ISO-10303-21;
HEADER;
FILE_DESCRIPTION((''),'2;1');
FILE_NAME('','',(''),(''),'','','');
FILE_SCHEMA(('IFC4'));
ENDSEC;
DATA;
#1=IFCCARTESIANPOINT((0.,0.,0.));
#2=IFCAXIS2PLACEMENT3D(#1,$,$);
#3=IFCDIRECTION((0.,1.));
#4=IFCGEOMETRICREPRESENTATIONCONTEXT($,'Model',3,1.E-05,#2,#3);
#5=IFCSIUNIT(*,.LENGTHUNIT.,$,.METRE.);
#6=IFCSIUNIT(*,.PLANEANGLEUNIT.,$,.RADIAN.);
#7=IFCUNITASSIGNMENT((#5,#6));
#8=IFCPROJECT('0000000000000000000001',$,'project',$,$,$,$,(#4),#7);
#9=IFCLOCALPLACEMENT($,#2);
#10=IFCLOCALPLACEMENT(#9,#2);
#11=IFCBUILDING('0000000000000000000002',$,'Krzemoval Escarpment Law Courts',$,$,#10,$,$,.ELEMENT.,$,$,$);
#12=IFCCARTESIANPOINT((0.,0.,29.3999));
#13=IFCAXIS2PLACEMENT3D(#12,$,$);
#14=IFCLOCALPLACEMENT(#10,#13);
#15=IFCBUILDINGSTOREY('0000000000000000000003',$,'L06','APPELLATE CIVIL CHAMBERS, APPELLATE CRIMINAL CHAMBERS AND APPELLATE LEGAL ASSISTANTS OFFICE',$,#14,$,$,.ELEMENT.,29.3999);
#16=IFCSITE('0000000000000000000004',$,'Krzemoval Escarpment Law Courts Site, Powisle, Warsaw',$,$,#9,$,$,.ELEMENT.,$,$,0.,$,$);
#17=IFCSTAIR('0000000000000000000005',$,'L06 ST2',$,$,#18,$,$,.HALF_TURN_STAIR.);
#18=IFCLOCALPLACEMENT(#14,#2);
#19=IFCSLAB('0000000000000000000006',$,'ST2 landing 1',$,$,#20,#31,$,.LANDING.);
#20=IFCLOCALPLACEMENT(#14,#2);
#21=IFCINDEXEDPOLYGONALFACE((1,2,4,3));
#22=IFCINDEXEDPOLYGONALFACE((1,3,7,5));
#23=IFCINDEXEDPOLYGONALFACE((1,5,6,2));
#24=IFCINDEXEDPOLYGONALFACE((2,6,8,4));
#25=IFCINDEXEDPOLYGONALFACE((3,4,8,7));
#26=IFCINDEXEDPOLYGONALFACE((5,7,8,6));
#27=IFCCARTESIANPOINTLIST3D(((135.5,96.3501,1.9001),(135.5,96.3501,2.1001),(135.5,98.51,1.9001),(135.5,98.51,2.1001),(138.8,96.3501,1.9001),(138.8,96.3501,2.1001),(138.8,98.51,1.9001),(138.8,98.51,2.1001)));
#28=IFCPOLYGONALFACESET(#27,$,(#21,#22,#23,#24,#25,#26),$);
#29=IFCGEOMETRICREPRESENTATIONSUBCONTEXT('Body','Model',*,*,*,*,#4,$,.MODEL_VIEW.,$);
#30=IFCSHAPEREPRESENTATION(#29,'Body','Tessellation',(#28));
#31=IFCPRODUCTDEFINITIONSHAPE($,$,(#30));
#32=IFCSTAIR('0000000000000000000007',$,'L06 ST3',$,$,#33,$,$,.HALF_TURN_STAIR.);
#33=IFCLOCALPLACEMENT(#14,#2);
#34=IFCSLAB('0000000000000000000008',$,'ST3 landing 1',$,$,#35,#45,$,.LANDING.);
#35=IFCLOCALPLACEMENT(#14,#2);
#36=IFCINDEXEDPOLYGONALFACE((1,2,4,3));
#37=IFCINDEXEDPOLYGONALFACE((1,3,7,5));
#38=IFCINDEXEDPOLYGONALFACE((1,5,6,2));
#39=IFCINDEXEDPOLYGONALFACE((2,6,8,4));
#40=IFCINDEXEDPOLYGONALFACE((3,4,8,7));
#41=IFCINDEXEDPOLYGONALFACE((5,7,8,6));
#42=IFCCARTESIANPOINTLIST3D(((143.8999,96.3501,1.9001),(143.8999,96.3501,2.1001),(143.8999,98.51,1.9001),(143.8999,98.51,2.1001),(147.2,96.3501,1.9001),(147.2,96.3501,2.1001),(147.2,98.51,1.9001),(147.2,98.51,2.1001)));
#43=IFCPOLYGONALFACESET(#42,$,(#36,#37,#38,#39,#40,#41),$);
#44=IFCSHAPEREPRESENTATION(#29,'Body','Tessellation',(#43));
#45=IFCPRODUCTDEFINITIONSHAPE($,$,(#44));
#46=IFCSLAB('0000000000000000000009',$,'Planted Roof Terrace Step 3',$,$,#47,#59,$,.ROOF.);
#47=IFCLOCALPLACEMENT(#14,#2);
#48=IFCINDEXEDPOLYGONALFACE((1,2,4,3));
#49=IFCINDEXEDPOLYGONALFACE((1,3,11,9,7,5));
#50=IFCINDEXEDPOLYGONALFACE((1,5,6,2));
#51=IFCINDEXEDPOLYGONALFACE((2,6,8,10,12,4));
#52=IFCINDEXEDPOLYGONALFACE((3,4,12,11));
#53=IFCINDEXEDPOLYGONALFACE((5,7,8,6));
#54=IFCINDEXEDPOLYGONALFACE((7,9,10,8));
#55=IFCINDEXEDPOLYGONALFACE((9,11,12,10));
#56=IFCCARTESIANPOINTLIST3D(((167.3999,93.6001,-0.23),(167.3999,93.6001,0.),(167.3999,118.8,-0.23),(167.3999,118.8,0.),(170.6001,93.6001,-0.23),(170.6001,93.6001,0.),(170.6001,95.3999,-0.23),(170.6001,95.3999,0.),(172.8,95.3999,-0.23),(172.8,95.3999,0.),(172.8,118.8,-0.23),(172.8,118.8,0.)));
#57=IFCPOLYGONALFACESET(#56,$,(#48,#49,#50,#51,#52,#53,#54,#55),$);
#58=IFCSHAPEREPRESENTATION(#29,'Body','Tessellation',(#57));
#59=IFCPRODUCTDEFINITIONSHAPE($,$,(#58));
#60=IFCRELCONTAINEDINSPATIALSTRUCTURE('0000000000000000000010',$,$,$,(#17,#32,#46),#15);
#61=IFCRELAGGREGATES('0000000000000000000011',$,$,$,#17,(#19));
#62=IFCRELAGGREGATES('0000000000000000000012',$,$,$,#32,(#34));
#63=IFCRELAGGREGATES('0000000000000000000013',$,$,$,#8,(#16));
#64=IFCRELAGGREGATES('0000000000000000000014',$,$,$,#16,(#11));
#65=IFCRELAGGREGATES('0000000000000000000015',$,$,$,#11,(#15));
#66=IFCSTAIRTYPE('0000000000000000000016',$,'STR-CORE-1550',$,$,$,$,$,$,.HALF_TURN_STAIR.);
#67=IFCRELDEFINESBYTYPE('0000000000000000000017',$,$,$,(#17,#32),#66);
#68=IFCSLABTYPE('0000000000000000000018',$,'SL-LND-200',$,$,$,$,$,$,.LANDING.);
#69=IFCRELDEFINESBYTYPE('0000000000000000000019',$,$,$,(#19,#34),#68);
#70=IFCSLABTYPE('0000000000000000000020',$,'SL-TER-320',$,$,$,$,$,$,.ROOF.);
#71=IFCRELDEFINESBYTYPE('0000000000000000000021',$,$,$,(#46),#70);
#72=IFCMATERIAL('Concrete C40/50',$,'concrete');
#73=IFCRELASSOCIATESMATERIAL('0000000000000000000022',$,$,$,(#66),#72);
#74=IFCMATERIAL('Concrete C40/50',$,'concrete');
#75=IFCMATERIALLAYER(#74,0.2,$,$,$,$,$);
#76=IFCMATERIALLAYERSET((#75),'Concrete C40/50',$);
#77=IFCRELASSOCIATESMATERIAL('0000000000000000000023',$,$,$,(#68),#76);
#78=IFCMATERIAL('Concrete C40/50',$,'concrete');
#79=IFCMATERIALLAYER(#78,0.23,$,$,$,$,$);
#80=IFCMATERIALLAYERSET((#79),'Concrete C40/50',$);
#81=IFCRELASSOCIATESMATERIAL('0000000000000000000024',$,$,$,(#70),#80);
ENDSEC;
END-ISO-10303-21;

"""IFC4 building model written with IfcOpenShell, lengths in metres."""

from ifc_helpers import new_model, si_unit, direction, frame, origin, place, context, subcontext, project, spatial, polyline, outline, extrude, material, layer, layer_set, type_object, element, aggregate, save


model = new_model("IFC4")

# Units and contexts
model_context = context("Model", 3, precision=1e-05, world=origin(), true_north=direction((0.0, 1.0)))
body_context = subcontext(model_context, "Body", "Model", "MODEL_VIEW")
ifc_project = project(units=[si_unit("LENGTHUNIT", "METRE"), si_unit("PLANEANGLEUNIT", "RADIAN")], contexts=[model_context])

# Site, building, storey
site_placement = place(None, origin())
site = spatial("IfcSite", under=ifc_project, at=site_placement, Name="Krzemoval Escarpment Law Courts Site, Powisle, Warsaw", CompositionType="ELEMENT", RefElevation=0.0)
building_placement = place(site_placement, origin())
building = spatial("IfcBuilding", under=site, at=building_placement, Name="Krzemoval Escarpment Law Courts", CompositionType="ELEMENT")
storey_placement = place(building_placement, frame((0.0, 0.0, 29.3999)))
storey = spatial("IfcBuildingStorey", under=building, at=storey_placement, Name="L06", Description="APPELLATE CIVIL CHAMBERS, APPELLATE CRIMINAL CHAMBERS AND APPELLATE LEGAL ASSISTANTS OFFICE", CompositionType="ELEMENT", Elevation=29.3999)

# Stairs, slabs
ifc_material_1 = material(Name="Concrete C40/50", Category="concrete")
stair_type = type_object("IfcStairType", Name="STR-CORE-1550", PredefinedType="HALF_TURN_STAIR", material=ifc_material_1)
ifc_material_2 = material(Name="Concrete C40/50", Category="concrete")
ifc_layer_1 = layer(ifc_material_2, 0.2)
ifc_layer_set_1 = layer_set([ifc_layer_1], Name="Concrete C40/50")
slab_type_1 = type_object("IfcSlabType", Name="SL-LND-200", PredefinedType="LANDING", material=ifc_layer_set_1)
stair_1_placement = place(storey_placement, origin())
stair_1 = element("IfcStair", 1, at=stair_1_placement, inside=storey, type_object=stair_type, Name="L06 ST2", PredefinedType="HALF_TURN_STAIR")
slab_1_placement = place(storey_placement, frame((0.0, 0.0, 1.9001)))
slab_1 = element("IfcSlab", 2, at=slab_1_placement, type_object=slab_type_1, Name="ST2 landing 1", PredefinedType="LANDING", context=body_context, shape_type="SweptSolid", body=[
    extrude(outline(polyline([(135.5, 98.51), (135.5, 96.3501), (138.8, 96.3501), (138.8, 98.51), (135.5, 98.51)])), origin(), (0.0, 0.0, 1.0), 0.2),
])
aggregate(stair_1, [slab_1])
stair_2_placement = place(storey_placement, origin())
stair_2 = element("IfcStair", 3, at=stair_2_placement, inside=storey, type_object=stair_type, Name="L06 ST3", PredefinedType="HALF_TURN_STAIR")
slab_2_placement = place(storey_placement, frame((0.0, 0.0, 1.9001)))
slab_2 = element("IfcSlab", 4, at=slab_2_placement, type_object=slab_type_1, Name="ST3 landing 1", PredefinedType="LANDING", context=body_context, shape_type="SweptSolid", body=[
    extrude(outline(polyline([(143.8999, 98.51), (143.8999, 96.3501), (147.2, 96.3501), (147.2, 98.51), (143.8999, 98.51)])), origin(), (0.0, 0.0, 1.0), 0.2),
])
aggregate(stair_2, [slab_2])

# Slab
ifc_material_3 = material(Name="Concrete C40/50", Category="concrete")
ifc_layer_2 = layer(ifc_material_3, 0.23)
ifc_layer_set_2 = layer_set([ifc_layer_2], Name="Concrete C40/50")
slab_type_2 = type_object("IfcSlabType", Name="SL-TER-320", PredefinedType="ROOF", material=ifc_layer_set_2)
slab_3_placement = place(storey_placement, frame((0.0, 0.0, -0.23)))
element("IfcSlab", 5, at=slab_3_placement, inside=storey, type_object=slab_type_2, Name="Planted Roof Terrace Step 3", PredefinedType="ROOF", context=body_context, shape_type="SweptSolid", body=[
    extrude(outline(polyline([(167.3999, 118.8), (172.8, 118.8), (172.8, 95.3999), (170.6001, 95.3999), (170.6001, 93.6001), (167.3999, 93.6001), (167.3999, 118.8)])), origin(), (0.0, 0.0, 1.0), 0.23),
])

save(model, "model.ifc")
